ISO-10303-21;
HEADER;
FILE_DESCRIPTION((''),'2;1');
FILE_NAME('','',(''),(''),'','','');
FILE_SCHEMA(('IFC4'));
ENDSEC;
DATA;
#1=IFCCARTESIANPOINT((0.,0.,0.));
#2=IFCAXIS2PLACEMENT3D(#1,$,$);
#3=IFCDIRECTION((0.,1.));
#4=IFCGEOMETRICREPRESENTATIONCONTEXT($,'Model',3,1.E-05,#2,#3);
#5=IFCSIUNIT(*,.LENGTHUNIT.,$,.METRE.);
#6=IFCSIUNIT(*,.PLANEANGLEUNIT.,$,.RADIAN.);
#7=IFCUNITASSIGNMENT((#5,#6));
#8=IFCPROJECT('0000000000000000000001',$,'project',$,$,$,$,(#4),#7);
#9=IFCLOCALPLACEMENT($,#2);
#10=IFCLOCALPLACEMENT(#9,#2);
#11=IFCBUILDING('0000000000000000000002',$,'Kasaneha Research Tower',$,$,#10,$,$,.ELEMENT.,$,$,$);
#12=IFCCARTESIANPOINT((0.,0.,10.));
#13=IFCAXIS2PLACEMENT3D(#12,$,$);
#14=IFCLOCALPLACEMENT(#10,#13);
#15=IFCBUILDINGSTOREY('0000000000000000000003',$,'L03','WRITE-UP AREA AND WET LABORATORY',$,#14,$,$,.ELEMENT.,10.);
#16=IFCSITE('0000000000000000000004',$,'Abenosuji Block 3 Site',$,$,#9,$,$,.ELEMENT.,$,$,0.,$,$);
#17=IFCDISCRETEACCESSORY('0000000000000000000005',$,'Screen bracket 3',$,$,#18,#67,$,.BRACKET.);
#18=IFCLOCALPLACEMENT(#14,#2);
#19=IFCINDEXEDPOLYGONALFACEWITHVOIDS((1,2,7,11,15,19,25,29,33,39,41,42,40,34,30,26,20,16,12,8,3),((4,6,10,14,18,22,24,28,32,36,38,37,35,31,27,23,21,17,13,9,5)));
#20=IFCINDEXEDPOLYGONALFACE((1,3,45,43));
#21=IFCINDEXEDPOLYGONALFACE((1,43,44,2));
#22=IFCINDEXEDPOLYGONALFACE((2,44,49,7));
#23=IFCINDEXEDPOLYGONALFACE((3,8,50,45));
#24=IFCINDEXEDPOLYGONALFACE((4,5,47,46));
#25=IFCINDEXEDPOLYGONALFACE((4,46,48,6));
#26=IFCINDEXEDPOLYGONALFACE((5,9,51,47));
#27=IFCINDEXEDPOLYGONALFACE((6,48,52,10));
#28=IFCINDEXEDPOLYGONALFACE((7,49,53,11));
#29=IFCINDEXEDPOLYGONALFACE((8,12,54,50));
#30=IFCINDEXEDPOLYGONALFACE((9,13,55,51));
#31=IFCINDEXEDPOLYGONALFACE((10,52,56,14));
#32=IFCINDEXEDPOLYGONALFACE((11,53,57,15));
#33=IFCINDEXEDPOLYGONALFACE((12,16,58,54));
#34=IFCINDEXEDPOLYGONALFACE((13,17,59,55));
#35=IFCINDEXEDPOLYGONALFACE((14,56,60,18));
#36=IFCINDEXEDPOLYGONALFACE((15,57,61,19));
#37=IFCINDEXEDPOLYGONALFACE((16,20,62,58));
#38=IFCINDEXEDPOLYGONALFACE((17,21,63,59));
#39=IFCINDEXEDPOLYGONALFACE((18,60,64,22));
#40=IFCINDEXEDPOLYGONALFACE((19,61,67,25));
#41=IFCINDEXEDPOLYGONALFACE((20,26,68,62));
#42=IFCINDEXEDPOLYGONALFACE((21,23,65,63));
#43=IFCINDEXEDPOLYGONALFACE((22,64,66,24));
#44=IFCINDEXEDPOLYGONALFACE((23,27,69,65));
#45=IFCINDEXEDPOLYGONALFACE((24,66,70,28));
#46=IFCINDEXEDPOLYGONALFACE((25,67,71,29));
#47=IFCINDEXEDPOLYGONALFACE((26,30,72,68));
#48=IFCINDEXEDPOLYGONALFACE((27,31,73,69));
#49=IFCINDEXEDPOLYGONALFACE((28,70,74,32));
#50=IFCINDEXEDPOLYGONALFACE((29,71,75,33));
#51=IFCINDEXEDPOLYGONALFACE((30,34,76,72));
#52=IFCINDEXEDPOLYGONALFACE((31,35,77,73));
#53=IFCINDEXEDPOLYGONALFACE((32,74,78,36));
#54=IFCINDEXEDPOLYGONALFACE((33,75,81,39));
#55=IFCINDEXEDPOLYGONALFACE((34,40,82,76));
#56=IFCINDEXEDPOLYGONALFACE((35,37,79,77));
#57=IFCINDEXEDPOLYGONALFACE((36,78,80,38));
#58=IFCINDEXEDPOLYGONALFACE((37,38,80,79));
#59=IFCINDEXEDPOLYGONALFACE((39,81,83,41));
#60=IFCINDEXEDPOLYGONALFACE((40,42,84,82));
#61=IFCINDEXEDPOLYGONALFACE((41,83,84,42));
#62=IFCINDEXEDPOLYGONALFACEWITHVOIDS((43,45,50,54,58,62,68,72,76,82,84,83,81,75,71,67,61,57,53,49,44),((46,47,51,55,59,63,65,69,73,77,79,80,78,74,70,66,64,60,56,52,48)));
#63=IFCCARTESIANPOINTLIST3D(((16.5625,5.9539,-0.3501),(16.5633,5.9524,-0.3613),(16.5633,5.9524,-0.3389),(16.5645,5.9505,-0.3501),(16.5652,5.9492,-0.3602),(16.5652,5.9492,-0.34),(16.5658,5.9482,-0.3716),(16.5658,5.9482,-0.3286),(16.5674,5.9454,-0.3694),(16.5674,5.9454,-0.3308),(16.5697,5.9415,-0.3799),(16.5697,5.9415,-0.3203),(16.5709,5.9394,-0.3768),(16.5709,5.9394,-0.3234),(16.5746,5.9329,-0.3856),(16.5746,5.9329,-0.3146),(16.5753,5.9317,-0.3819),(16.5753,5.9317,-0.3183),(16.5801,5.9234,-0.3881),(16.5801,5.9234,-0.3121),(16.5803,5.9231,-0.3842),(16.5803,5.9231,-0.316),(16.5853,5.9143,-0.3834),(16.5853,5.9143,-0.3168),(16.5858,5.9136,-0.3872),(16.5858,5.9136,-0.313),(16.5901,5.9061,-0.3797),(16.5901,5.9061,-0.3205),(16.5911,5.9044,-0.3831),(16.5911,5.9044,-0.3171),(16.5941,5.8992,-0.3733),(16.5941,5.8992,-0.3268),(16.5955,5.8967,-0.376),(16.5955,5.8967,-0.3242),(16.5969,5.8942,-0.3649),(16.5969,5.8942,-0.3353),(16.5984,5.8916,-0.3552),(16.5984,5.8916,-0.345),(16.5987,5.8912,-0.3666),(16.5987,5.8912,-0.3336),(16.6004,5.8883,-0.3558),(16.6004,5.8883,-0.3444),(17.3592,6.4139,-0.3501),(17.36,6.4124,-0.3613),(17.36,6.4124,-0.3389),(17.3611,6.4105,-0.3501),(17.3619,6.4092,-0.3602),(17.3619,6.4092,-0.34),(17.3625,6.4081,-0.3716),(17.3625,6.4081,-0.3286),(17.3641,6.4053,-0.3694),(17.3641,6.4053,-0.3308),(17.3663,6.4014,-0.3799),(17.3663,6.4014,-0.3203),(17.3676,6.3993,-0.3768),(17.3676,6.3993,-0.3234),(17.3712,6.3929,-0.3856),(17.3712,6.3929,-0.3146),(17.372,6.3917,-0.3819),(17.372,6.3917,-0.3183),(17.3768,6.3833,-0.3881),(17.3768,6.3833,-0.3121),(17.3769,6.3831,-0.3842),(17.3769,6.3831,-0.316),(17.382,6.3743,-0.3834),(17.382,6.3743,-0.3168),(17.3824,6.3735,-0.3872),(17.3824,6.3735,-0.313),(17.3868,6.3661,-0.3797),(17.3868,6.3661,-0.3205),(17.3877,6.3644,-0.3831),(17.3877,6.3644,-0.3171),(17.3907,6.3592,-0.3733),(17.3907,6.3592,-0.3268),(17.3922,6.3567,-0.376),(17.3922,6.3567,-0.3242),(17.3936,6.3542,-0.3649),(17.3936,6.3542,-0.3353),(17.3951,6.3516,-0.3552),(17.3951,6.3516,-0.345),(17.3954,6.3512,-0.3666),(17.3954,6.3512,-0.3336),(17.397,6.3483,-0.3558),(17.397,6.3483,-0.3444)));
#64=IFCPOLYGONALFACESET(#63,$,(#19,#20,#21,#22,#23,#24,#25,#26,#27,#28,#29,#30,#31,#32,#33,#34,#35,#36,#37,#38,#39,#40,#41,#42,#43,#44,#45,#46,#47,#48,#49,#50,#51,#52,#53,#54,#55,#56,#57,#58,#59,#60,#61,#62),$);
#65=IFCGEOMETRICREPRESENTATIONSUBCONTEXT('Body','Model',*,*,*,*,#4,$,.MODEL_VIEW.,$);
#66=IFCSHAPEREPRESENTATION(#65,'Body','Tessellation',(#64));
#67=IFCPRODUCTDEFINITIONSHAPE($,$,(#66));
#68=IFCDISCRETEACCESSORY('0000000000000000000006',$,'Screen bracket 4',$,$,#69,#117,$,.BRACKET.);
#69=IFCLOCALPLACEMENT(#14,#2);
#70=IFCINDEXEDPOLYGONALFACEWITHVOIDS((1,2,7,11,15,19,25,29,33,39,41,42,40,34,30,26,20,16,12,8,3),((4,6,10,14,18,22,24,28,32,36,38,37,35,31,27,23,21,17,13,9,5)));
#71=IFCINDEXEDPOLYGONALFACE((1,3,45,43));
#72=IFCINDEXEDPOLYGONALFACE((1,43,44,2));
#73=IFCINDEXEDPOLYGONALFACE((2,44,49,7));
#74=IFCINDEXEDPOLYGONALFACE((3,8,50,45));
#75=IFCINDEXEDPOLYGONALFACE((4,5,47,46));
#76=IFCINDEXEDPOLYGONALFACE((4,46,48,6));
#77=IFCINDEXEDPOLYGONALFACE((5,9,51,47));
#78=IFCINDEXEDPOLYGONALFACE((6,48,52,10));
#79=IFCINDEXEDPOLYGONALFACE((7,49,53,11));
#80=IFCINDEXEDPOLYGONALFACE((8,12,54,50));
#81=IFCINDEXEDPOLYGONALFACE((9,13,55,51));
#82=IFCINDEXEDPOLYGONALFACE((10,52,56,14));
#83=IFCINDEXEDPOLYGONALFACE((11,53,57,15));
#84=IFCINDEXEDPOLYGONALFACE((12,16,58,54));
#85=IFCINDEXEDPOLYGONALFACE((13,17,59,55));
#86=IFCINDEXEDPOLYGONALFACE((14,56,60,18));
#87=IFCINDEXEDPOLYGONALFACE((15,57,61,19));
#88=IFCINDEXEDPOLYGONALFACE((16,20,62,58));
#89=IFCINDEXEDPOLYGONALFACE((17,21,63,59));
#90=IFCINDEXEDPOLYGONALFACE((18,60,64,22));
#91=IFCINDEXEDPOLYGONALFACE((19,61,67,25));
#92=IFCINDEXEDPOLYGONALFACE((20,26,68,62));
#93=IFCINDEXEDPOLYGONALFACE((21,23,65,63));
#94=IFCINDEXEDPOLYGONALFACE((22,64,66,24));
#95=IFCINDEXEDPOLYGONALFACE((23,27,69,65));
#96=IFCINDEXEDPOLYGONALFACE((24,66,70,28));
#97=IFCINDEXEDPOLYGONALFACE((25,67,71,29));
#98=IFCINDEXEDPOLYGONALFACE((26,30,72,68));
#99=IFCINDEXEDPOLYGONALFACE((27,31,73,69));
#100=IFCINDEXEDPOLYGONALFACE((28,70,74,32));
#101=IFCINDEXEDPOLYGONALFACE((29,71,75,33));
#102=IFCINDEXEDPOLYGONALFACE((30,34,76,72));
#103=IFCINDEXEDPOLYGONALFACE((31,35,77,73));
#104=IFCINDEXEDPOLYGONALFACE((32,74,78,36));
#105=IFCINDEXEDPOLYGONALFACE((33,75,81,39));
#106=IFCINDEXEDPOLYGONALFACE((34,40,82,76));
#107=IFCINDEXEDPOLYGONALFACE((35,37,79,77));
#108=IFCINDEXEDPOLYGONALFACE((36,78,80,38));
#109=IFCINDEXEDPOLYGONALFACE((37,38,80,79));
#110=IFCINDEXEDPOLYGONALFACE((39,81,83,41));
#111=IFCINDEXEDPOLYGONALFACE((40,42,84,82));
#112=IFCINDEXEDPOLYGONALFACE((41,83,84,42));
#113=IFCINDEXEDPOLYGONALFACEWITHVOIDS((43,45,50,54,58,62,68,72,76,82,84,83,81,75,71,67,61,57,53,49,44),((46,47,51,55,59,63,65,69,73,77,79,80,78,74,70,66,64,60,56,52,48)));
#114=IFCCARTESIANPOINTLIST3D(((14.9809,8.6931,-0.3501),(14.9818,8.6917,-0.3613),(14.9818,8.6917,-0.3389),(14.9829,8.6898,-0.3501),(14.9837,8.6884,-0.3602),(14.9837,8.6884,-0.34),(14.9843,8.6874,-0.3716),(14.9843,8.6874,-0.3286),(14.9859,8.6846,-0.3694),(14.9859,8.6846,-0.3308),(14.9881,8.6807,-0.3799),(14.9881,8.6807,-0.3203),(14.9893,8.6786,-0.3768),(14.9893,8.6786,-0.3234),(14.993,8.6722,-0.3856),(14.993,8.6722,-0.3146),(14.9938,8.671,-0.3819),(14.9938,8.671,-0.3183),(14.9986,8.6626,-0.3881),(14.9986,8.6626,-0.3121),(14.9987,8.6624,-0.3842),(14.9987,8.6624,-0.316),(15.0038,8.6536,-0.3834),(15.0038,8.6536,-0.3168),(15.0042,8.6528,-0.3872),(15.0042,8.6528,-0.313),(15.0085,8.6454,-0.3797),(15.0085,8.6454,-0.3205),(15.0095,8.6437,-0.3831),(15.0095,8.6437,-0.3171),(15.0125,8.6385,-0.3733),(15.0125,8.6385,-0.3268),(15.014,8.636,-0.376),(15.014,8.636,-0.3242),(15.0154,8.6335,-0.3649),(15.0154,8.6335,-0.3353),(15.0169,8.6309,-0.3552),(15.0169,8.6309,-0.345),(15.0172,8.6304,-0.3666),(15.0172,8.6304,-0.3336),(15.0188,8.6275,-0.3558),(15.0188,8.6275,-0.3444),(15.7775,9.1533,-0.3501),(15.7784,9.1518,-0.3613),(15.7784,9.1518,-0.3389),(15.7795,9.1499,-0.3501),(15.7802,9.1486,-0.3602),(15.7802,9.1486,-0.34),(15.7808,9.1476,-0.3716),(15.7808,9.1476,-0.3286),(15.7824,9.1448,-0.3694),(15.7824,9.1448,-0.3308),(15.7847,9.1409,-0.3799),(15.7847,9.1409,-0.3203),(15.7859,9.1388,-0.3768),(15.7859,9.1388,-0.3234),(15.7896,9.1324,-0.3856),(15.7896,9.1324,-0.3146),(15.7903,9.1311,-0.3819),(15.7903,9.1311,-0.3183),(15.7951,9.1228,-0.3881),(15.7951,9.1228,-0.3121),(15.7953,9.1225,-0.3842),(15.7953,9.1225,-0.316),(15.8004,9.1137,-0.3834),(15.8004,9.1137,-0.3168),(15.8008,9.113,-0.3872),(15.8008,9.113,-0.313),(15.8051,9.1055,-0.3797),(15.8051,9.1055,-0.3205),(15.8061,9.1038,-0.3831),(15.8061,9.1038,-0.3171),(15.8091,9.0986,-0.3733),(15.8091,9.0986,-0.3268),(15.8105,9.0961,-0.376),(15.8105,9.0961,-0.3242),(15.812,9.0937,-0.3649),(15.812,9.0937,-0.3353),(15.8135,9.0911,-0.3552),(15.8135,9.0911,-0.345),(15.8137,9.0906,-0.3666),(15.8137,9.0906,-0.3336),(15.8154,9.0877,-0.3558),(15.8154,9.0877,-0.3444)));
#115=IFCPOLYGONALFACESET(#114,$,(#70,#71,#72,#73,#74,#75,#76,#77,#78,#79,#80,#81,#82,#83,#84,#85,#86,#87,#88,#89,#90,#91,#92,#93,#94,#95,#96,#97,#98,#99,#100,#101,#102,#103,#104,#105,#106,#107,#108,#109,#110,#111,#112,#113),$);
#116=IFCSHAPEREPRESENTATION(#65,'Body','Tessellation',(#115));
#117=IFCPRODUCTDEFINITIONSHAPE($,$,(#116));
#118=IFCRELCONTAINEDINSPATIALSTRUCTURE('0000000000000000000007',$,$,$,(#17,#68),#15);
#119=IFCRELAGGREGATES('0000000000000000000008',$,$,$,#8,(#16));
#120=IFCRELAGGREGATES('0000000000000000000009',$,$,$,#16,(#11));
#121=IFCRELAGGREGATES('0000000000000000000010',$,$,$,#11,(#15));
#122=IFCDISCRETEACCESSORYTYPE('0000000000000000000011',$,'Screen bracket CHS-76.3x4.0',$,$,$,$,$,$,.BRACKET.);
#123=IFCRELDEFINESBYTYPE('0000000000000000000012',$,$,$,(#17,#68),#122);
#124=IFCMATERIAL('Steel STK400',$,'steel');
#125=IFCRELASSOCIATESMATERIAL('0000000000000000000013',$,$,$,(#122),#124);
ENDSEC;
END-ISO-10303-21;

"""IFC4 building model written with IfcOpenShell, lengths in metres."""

from ifc_helpers import new_model, si_unit, direction, frame, origin, origin_2d, place, context, subcontext, project, spatial, hollow_circle, extrude, material, material_profile, profile_set, type_object, element, save


model = new_model("IFC4")

# Units and contexts
model_context = context("Model", 3, precision=1e-05, world=origin(), true_north=direction((0.0, 1.0)))
body_context = subcontext(model_context, "Body", "Model", "MODEL_VIEW")
ifc_project = project(units=[si_unit("LENGTHUNIT", "METRE"), si_unit("PLANEANGLEUNIT", "RADIAN")], contexts=[model_context])

# Site, building, storey
site_placement = place(None, origin())
site = spatial("IfcSite", under=ifc_project, at=site_placement, Name="Abenosuji Block 3 Site", CompositionType="ELEMENT", RefElevation=0.0)
building_placement = place(site_placement, origin())
building = spatial("IfcBuilding", under=site, at=building_placement, Name="Kasaneha Research Tower", CompositionType="ELEMENT")
storey_placement = place(building_placement, frame((0.0, 0.0, 10.0)))
storey = spatial("IfcBuildingStorey", under=building, at=storey_placement, Name="L03", Description="WRITE-UP AREA AND WET LABORATORY", CompositionType="ELEMENT", Elevation=10.0)

# Discrete accessories
ifc_material_1 = material(Name="Steel STK400", Category="steel")
ifc_material_profile_1 = material_profile(ifc_material_1, hollow_circle(Radius=0.0381, WallThickness=0.0039, at=origin_2d()), Name="CHS-76.3x4.0")
ifc_profile_set_1 = profile_set([ifc_material_profile_1], Name="Steel STK400")
discrete_accessory_type = type_object("IfcDiscreteAccessoryType", Name="Screen bracket CHS-76.3x4.0", PredefinedType="BRACKET", material=ifc_profile_set_1)
for number, where, z_axis, x_axis, name in (
    (1, (16.5815, 5.9209, -0.3501), (0.866013, 0.500021, 0.0), (-0.500021, 0.866013, 0.0), "Screen bracket 3"),
    (2, (15.0, 8.6602, -0.3501), (0.865898, 0.50022, 0.0), (-0.50022, 0.865898, 0.0), "Screen bracket 4"),
):
    element("IfcDiscreteAccessory", number, at=place(storey_placement, frame(where, z_axis=z_axis, x_axis=x_axis)), inside=storey, type_object=discrete_accessory_type, Name=name, PredefinedType="BRACKET", context=body_context, shape_type="SweptSolid", body=[
        extrude(hollow_circle(Radius=0.0381, WallThickness=0.0039, at=origin_2d()), origin(), (0.0, 0.0, 1.0), 0.9199),
    ])

save(model, "model.ifc")
